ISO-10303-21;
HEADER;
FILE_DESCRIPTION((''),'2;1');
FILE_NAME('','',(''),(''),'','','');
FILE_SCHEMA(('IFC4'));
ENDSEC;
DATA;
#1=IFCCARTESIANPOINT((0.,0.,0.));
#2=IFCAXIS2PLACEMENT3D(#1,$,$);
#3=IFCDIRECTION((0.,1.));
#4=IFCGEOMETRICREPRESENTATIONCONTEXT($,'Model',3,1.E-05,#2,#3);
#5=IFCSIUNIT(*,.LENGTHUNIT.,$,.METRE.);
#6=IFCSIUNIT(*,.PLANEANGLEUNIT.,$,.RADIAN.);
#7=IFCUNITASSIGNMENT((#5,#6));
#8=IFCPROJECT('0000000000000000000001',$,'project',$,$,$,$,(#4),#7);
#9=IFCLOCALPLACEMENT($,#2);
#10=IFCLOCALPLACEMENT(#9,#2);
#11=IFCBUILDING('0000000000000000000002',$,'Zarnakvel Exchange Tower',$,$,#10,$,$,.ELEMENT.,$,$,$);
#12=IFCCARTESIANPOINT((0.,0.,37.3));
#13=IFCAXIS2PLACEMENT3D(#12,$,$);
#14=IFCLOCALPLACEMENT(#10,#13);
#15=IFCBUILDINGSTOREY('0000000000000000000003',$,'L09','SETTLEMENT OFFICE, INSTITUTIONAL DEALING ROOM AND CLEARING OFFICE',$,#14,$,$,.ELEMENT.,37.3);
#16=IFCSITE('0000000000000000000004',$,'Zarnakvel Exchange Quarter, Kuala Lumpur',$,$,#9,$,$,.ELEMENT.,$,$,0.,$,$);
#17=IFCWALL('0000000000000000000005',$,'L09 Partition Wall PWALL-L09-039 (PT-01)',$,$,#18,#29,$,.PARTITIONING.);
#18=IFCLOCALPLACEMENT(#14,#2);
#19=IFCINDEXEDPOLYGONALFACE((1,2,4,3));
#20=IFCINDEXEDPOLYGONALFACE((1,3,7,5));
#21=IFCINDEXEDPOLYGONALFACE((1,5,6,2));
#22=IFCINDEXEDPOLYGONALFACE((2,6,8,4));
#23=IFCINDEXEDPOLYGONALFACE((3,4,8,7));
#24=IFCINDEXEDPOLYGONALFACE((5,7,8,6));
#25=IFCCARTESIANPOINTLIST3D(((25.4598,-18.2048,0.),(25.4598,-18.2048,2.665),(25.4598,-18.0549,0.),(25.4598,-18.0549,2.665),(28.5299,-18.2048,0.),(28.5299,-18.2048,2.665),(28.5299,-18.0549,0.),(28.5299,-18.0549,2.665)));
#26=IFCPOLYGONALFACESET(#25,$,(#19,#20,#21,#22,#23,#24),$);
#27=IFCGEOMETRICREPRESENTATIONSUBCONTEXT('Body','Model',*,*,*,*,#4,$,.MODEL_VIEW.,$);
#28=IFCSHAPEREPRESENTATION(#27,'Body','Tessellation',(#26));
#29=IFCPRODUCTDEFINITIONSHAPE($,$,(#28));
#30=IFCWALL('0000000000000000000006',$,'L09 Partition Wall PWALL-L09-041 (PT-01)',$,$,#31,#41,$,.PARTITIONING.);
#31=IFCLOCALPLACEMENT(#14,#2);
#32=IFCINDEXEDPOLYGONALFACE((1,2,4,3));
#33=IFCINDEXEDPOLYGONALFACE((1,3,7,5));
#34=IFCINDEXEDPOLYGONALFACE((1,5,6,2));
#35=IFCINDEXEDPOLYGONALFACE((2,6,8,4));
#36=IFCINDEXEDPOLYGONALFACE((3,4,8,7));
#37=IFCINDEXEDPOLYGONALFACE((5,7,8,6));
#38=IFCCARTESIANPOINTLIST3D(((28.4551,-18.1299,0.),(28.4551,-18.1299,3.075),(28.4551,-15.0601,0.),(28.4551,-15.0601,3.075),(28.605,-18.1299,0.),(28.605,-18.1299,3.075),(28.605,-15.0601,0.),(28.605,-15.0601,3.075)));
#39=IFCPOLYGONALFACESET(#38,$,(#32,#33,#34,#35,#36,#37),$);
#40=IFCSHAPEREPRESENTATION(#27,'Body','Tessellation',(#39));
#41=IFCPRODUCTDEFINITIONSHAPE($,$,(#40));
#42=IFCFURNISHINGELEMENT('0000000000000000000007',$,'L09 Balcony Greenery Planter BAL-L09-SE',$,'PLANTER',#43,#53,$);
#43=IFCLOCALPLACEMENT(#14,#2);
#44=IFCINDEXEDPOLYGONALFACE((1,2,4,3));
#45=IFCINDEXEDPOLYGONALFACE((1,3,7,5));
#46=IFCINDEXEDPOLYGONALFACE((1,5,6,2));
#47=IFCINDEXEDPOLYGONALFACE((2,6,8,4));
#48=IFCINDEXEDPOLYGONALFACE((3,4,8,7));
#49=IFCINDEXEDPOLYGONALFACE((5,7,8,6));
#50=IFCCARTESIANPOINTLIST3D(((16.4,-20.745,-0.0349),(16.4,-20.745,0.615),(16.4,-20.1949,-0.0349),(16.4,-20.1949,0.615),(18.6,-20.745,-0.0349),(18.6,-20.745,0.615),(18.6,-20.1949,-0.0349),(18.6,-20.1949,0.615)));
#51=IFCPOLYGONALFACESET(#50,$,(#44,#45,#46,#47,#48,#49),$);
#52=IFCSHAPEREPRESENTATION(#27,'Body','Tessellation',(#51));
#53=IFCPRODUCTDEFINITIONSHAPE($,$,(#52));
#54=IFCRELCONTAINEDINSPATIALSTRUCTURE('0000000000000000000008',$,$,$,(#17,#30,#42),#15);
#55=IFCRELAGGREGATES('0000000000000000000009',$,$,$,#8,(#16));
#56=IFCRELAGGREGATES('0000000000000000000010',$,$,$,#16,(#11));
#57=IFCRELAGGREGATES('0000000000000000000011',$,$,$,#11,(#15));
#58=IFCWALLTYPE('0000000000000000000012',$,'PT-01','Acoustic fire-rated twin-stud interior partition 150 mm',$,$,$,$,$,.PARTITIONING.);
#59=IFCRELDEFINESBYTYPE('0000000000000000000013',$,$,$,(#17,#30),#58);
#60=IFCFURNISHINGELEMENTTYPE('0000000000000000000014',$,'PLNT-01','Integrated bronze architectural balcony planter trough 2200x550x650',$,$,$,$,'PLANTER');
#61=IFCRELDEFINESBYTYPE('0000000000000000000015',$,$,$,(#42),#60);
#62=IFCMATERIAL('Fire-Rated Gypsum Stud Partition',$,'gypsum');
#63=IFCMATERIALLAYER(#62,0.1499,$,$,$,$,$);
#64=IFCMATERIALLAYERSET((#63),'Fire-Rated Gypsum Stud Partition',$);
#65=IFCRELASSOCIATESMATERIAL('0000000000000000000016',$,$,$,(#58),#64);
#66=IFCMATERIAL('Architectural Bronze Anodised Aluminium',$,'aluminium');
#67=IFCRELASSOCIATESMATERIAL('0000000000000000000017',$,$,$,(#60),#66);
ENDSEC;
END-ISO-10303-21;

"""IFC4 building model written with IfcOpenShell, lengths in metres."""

from ifc_helpers import new_model, si_unit, direction, frame, frame_2d, origin, origin_2d, place, context, subcontext, project, spatial, rectangle, extrude, source, transform, mapped, material, layer, layer_set, type_object, element, save


model = new_model("IFC4")

# Units and contexts
model_context = context("Model", 3, precision=1e-05, world=origin(), true_north=direction((0.0, 1.0)))
body_context = subcontext(model_context, "Body", "Model", "MODEL_VIEW")
ifc_project = project(units=[si_unit("LENGTHUNIT", "METRE"), si_unit("PLANEANGLEUNIT", "RADIAN")], contexts=[model_context])

# Site, building, storey
site_placement = place(None, origin())
site = spatial("IfcSite", under=ifc_project, at=site_placement, Name="Zarnakvel Exchange Quarter, Kuala Lumpur", CompositionType="ELEMENT", RefElevation=0.0)
building_placement = place(site_placement, origin())
building = spatial("IfcBuilding", under=site, at=building_placement, Name="Zarnakvel Exchange Tower", CompositionType="ELEMENT")
storey_placement = place(building_placement, frame((0.0, 0.0, 37.3)))
storey = spatial("IfcBuildingStorey", under=building, at=storey_placement, Name="L09", Description="SETTLEMENT OFFICE, INSTITUTIONAL DEALING ROOM AND CLEARING OFFICE", CompositionType="ELEMENT", Elevation=37.3)

# Shared definitions
ifc_material_1 = material(Name="Architectural Bronze Anodised Aluminium", Category="aluminium")

# Shared definitions
ifc_material_2 = material(Name="Fire-Rated Gypsum Stud Partition", Category="gypsum")
ifc_layer_1 = layer(ifc_material_2, 0.1499)
ifc_layer_set_1 = layer_set([ifc_layer_1], Name="Fire-Rated Gypsum Stud Partition")
wall_type_1 = type_object("IfcWallType", Name="PT-01", Description="Acoustic fire-rated twin-stud interior partition 150 mm", PredefinedType="PARTITIONING", material=ifc_layer_set_1)

# Walls
wall_1_placement = place(storey_placement, frame((28.53, -18.1299, 0.0), z_axis=(0.0, 0.0, 1.0), x_axis=(-1.0, 0.0, 0.0)))
element("IfcWall", 1, at=wall_1_placement, inside=storey, type_object=wall_type_1, Name="L09 Partition Wall PWALL-L09-039 (PT-01)", PredefinedType="PARTITIONING", context=body_context, shape_type="SweptSolid", body=[
    extrude(rectangle(XDim=3.0701, YDim=0.1499, at=frame_2d((1.5352, 0.0))), origin(), (0.0, 0.0, 1.0), 2.665),
])
wall_2_placement = place(storey_placement, frame((28.53, -15.0601, 0.0), z_axis=(0.0, 0.0, 1.0), x_axis=(0.0, -1.0, 0.0)))
element("IfcWall", 2, at=wall_2_placement, inside=storey, type_object=wall_type_1, Name="L09 Partition Wall PWALL-L09-041 (PT-01)", PredefinedType="PARTITIONING", context=body_context, shape_type="SweptSolid", body=[
    extrude(rectangle(XDim=3.0698, YDim=0.1499, at=frame_2d((1.5349, 0.0))), origin(), (0.0, 0.0, 1.0), 3.075),
])

# Furnishing element
furnishing_element_type = type_object("IfcFurnishingElementType", Name="PLNT-01", Description="Integrated bronze architectural balcony planter trough 2200x550x650", ElementType="PLANTER", material=ifc_material_1)
shared_shape_1 = source(origin(), body_context, "Body", "SweptSolid", [
    extrude(rectangle(XDim=2.2, YDim=0.55, at=origin_2d()), origin(), (0.0, 0.0, 1.0), 0.6499),
])
furnishing_placement = place(storey_placement, frame((17.5, -20.47, -0.0349), z_axis=(0.0, 0.0, 1.0), x_axis=(1.0, 0.0, 0.0)))
element("IfcFurnishingElement", 3, at=furnishing_placement, inside=storey, type_object=furnishing_element_type, Name="L09 Balcony Greenery Planter BAL-L09-SE", ObjectType="PLANTER", context=body_context, shape_type="MappedRepresentation", body=[
    mapped(shared_shape_1, transform((0.0, 0.0, 0.0), x_axis=(1.0, 0.0, 0.0), y_axis=(0.0, 1.0, 0.0), z_axis=(0.0, 0.0, 1.0), scale=1.0)),
])

save(model, "model.ifc")
